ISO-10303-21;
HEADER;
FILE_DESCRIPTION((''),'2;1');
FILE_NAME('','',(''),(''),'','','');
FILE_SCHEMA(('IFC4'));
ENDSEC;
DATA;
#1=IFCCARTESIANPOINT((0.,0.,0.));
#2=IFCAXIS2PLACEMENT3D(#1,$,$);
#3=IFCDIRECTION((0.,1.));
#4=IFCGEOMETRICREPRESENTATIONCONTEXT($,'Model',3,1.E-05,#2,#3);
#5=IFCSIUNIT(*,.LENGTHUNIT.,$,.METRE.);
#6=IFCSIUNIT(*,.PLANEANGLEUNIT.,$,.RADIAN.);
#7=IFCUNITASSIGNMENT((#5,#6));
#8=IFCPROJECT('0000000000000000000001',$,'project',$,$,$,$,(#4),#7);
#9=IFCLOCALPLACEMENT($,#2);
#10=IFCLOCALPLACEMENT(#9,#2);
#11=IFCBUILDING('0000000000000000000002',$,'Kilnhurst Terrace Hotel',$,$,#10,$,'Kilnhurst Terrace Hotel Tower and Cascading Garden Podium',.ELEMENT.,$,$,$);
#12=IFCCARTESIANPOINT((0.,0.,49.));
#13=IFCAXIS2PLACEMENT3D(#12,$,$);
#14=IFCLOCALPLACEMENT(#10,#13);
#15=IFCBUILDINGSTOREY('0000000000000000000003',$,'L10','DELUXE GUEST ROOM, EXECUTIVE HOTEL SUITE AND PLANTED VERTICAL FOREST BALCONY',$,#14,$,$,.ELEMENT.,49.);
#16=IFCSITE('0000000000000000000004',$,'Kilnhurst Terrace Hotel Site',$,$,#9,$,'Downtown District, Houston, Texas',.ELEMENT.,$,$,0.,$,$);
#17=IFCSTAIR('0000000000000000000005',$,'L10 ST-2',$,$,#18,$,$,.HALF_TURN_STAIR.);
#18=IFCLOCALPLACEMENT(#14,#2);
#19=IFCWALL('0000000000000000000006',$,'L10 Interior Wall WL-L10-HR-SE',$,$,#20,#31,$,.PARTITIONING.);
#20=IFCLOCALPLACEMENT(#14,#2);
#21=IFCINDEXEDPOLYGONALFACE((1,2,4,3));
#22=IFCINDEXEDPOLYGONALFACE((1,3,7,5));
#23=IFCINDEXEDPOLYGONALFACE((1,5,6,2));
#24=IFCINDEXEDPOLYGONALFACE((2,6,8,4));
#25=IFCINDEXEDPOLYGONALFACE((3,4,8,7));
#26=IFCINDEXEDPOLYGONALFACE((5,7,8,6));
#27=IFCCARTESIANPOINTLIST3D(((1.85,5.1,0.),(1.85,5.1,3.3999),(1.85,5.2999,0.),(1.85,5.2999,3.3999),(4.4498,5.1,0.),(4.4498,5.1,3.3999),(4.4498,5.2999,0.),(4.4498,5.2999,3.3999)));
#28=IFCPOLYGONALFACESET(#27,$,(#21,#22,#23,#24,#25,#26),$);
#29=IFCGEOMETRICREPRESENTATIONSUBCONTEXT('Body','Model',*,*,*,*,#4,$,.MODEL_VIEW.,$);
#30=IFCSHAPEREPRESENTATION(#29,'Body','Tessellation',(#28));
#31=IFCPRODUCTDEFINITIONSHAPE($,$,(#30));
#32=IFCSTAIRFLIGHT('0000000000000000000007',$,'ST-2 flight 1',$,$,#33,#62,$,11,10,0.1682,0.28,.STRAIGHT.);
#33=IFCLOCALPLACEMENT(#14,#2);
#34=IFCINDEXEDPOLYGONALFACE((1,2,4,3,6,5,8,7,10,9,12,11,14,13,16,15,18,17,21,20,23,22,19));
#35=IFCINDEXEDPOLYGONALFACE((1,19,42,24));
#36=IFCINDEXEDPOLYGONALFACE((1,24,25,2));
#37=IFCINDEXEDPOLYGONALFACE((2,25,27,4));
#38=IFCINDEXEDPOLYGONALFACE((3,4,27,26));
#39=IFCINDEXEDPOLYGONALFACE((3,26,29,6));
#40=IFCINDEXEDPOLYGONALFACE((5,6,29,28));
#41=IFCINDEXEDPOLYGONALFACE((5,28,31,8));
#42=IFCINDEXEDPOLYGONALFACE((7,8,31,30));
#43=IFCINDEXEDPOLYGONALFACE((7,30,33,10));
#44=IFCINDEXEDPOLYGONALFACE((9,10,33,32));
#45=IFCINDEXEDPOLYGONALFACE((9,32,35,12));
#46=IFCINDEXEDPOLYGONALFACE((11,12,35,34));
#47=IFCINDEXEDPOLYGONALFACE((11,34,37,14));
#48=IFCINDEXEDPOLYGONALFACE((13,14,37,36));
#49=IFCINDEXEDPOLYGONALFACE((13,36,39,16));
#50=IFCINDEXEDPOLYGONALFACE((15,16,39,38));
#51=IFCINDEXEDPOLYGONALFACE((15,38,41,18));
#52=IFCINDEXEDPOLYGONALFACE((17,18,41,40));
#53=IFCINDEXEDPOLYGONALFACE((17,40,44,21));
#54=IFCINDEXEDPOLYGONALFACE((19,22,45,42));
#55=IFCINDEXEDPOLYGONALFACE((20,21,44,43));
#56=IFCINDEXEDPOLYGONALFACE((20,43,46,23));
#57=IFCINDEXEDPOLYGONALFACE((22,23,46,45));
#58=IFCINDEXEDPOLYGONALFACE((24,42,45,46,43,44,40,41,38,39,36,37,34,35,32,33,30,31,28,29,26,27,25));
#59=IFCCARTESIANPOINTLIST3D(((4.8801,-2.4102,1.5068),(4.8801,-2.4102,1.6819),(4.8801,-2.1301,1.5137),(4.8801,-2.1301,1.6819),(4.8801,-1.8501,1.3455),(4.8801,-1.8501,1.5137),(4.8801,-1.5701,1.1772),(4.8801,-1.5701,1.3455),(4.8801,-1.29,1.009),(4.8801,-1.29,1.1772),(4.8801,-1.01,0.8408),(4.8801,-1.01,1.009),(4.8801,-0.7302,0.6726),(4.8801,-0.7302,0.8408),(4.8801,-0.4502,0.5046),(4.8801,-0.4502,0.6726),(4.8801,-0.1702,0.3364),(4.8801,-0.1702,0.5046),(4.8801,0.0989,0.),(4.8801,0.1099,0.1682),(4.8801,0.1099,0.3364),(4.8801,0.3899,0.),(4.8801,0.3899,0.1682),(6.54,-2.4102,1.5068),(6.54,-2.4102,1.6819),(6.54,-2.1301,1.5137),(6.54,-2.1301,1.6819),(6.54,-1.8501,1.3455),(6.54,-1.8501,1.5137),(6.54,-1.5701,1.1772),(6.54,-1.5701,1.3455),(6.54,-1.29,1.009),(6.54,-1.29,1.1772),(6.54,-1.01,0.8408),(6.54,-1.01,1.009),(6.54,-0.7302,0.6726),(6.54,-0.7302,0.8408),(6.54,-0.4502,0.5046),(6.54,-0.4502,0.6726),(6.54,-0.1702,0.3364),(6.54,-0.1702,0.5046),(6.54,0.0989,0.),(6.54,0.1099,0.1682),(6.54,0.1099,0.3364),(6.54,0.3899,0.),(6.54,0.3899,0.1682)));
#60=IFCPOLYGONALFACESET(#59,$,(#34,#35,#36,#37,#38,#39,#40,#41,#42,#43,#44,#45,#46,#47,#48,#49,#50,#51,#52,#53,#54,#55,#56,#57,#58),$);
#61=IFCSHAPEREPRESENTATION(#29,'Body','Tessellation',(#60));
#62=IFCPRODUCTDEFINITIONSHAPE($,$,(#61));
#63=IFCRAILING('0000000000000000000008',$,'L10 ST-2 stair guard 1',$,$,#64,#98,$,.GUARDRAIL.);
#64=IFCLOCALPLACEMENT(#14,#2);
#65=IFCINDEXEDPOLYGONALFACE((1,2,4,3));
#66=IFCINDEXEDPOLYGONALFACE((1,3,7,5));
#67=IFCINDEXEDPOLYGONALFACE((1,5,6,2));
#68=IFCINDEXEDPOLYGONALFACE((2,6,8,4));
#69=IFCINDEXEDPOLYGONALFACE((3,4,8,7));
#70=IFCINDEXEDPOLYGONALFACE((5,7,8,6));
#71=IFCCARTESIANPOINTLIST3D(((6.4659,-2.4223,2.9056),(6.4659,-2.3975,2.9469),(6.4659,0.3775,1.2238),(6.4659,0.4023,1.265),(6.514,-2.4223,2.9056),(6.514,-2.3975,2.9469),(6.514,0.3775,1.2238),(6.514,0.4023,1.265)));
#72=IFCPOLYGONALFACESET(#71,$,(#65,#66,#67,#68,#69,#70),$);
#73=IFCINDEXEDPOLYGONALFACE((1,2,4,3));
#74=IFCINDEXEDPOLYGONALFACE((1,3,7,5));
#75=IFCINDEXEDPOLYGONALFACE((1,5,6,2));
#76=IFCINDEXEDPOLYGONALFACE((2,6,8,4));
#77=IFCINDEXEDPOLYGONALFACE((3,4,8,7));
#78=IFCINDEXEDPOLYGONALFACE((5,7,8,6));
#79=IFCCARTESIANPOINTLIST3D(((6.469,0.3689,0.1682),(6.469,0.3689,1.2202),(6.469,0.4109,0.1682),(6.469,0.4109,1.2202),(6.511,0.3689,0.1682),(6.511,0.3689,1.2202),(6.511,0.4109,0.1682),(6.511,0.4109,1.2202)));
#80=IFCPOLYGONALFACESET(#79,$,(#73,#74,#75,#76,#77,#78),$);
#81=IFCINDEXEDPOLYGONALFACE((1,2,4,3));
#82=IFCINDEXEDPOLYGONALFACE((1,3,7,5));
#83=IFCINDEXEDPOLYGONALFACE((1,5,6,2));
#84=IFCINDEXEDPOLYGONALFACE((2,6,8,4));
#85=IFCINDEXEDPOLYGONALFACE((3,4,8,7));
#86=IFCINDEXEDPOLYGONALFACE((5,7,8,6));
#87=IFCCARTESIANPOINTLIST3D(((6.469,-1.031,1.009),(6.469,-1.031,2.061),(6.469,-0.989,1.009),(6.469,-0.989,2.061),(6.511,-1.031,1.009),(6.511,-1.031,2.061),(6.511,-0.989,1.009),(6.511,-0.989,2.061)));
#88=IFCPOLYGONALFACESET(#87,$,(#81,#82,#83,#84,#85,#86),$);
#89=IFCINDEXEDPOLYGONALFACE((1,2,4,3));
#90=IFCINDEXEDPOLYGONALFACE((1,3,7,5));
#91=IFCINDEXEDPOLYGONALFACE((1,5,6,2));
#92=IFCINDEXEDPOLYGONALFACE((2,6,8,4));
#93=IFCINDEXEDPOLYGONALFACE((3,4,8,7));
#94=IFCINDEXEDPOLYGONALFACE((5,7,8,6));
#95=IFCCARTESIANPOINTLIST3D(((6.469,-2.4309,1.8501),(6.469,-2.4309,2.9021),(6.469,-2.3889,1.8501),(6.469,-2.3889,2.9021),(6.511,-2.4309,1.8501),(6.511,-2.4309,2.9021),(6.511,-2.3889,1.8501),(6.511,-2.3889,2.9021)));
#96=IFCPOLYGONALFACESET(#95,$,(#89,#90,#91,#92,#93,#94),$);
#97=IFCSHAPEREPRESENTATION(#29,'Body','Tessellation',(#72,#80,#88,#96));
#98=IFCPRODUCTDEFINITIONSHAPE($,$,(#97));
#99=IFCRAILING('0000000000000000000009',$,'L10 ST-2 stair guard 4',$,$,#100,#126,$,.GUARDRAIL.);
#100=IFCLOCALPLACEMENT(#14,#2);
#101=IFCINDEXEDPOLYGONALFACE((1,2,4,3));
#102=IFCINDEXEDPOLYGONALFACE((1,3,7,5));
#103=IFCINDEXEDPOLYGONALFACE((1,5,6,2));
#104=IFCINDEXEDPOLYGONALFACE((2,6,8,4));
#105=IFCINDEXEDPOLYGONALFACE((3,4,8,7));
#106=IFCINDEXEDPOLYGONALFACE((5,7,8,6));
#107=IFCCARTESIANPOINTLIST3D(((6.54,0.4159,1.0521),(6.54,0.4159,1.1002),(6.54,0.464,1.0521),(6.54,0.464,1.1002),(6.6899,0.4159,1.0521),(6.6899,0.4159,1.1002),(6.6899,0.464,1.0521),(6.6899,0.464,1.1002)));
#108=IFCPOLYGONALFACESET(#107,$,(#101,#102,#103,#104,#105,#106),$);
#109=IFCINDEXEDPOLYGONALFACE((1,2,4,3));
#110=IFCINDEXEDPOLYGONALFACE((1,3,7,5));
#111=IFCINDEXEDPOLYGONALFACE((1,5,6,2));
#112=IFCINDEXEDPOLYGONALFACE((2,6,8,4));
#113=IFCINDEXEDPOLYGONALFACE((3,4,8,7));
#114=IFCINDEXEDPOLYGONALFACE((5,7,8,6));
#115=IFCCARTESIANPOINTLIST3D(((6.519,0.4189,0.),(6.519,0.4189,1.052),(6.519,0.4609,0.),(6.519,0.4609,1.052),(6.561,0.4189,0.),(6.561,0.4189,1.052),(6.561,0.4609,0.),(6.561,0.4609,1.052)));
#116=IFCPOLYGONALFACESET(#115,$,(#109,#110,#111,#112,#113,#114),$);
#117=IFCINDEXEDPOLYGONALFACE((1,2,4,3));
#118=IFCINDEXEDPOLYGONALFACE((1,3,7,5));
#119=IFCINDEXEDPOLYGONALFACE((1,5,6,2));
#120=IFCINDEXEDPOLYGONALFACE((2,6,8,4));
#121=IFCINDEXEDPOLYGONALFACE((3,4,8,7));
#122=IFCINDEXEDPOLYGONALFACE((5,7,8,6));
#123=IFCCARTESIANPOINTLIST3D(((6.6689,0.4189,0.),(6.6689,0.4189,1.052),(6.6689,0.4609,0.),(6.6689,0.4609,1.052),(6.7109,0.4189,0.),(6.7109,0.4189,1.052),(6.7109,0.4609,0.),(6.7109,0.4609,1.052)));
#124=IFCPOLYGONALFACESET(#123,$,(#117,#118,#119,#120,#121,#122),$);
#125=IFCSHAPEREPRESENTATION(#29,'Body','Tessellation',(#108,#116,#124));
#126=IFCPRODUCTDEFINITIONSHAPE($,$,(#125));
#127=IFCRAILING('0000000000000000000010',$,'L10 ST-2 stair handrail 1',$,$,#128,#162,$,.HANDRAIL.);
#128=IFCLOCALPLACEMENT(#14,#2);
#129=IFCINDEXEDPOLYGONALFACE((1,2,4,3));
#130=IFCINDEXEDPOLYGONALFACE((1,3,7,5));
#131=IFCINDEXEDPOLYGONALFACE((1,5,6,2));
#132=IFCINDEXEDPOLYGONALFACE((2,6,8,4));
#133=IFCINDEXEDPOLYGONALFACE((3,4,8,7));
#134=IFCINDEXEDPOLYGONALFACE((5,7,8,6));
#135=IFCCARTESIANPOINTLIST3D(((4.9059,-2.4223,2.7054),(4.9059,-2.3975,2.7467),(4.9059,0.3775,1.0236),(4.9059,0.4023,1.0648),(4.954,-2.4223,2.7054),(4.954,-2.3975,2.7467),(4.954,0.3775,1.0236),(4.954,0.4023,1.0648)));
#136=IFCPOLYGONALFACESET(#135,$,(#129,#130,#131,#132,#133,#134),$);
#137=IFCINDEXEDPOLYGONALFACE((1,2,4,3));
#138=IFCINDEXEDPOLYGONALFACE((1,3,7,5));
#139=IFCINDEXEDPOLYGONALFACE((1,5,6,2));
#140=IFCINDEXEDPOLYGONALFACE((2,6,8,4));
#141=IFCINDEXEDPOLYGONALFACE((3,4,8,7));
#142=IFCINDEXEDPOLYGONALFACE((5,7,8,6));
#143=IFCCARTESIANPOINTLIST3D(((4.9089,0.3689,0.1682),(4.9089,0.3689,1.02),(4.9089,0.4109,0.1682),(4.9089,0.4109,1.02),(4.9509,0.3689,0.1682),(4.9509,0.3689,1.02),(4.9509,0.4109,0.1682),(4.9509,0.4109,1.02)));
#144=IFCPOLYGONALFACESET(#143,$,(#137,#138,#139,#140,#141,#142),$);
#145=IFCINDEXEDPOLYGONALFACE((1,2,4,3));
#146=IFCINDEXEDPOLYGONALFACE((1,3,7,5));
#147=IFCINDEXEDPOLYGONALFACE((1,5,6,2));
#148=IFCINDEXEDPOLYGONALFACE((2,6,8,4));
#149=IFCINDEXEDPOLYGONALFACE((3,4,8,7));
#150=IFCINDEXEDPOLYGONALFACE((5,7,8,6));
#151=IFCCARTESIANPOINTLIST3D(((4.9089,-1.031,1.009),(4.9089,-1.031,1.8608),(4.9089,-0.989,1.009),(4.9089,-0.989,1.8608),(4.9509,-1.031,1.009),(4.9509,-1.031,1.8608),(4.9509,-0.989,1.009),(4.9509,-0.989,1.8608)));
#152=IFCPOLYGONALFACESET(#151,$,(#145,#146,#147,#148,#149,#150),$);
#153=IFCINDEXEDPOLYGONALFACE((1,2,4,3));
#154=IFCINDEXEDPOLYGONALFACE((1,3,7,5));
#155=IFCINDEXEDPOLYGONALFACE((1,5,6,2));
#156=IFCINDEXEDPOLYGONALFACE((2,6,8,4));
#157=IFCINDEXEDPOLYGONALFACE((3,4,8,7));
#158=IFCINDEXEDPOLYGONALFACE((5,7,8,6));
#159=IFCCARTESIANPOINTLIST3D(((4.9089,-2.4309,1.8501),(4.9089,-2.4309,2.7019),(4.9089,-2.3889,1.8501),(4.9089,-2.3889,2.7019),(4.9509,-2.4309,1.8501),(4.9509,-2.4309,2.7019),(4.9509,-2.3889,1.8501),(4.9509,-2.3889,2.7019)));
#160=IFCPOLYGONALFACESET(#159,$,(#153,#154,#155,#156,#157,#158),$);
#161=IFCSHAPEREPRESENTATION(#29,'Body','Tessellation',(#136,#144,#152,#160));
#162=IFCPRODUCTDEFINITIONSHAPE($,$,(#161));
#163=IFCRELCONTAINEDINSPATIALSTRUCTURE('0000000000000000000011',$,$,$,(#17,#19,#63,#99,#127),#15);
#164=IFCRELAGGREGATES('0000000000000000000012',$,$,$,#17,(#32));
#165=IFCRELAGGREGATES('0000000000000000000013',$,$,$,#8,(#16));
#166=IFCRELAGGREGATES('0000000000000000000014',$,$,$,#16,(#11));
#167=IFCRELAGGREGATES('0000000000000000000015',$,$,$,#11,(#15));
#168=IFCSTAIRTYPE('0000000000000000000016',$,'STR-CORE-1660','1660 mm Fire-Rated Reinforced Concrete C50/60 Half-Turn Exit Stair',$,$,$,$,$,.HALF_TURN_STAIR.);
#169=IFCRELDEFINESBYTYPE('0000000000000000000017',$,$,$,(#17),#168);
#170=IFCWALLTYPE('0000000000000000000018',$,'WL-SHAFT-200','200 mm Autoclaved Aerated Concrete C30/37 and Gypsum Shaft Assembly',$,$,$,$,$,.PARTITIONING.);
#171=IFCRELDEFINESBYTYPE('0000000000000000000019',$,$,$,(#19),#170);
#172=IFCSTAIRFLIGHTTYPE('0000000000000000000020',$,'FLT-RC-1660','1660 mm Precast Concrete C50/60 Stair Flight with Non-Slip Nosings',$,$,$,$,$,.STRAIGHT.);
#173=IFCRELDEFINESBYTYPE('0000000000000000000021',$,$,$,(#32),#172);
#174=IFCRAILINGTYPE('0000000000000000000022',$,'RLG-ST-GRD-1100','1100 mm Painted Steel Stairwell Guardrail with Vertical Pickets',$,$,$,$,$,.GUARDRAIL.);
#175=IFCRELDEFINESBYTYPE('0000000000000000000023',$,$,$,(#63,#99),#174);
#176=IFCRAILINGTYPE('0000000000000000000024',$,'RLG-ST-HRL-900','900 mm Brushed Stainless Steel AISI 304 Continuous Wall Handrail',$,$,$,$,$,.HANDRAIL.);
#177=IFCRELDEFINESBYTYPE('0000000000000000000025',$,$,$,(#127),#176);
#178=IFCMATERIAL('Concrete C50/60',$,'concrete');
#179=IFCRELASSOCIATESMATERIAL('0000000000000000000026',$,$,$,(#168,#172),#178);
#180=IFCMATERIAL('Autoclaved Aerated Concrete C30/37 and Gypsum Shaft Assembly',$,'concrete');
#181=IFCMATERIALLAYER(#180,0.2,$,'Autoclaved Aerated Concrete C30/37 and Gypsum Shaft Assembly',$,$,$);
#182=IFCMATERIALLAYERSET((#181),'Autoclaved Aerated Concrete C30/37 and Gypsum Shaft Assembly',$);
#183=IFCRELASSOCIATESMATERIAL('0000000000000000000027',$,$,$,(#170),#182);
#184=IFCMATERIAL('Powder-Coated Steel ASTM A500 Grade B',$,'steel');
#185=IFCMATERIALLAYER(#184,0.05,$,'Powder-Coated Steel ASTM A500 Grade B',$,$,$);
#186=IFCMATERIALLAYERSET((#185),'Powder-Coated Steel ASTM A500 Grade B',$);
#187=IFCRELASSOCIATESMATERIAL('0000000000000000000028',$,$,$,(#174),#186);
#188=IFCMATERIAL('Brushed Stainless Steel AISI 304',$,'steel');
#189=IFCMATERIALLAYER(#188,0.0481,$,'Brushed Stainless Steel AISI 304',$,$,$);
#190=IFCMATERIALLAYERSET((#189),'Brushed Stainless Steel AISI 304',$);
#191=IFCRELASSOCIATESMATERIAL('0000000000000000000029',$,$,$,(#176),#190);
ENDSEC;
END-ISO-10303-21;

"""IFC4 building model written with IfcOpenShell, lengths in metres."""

from ifc_helpers import new_model, si_unit, direction, frame, frame_2d, origin, origin_2d, place, context, subcontext, project, spatial, polyline, rectangle, outline, extrude, material, layer, layer_set, type_object, element, aggregate, save


model = new_model("IFC4")

# Units and contexts
model_context = context("Model", 3, precision=1e-05, world=origin(), true_north=direction((0.0, 1.0)))
body_context = subcontext(model_context, "Body", "Model", "MODEL_VIEW")
ifc_project = project(units=[si_unit("LENGTHUNIT", "METRE"), si_unit("PLANEANGLEUNIT", "RADIAN")], contexts=[model_context])

# Site, building, storey
site_placement = place(None, origin())
site = spatial("IfcSite", under=ifc_project, at=site_placement, Name="Kilnhurst Terrace Hotel Site", LongName="Downtown District, Houston, Texas", CompositionType="ELEMENT", RefElevation=0.0)
building_placement = place(site_placement, origin())
building = spatial("IfcBuilding", under=site, at=building_placement, Name="Kilnhurst Terrace Hotel", LongName="Kilnhurst Terrace Hotel Tower and Cascading Garden Podium", CompositionType="ELEMENT")
storey_placement = place(building_placement, frame((0.0, 0.0, 49.0)))
storey = spatial("IfcBuildingStorey", under=building, at=storey_placement, Name="L10", Description="DELUXE GUEST ROOM, EXECUTIVE HOTEL SUITE AND PLANTED VERTICAL FOREST BALCONY", CompositionType="ELEMENT", Elevation=49.0)

# Shared definitions
ifc_material_1 = material(Name="Concrete C50/60", Category="concrete")

# Stair
stair_type = type_object("IfcStairType", Name="STR-CORE-1660", Description="1660 mm Fire-Rated Reinforced Concrete C50/60 Half-Turn Exit Stair", PredefinedType="HALF_TURN_STAIR", material=ifc_material_1)
stair_1_placement = place(storey_placement, origin())
stair_1 = element("IfcStair", 1, at=stair_1_placement, inside=storey, type_object=stair_type, Name="L10 ST-2", PredefinedType="HALF_TURN_STAIR")

# Shared definitions
ifc_material_2 = material(Name="Autoclaved Aerated Concrete C30/37 and Gypsum Shaft Assembly", Category="concrete")
ifc_layer_1 = layer(ifc_material_2, 0.2, Name="Autoclaved Aerated Concrete C30/37 and Gypsum Shaft Assembly")
ifc_layer_set_1 = layer_set([ifc_layer_1], Name="Autoclaved Aerated Concrete C30/37 and Gypsum Shaft Assembly")
wall_type_1 = type_object("IfcWallType", Name="WL-SHAFT-200", Description="200 mm Autoclaved Aerated Concrete C30/37 and Gypsum Shaft Assembly", PredefinedType="PARTITIONING", material=ifc_layer_set_1)

# Wall
wall_1_placement = place(storey_placement, frame((1.8501, 5.2, 0.0), z_axis=(0.0, 0.0, 1.0), x_axis=(1.0, 0.0, 0.0)))
element("IfcWall", 2, at=wall_1_placement, inside=storey, type_object=wall_type_1, Name="L10 Interior Wall WL-L10-HR-SE", PredefinedType="PARTITIONING", context=body_context, shape_type="SweptSolid", body=[
    extrude(rectangle(XDim=2.5999, YDim=0.2, at=frame_2d((1.2998, 0.0))), origin(), (0.0, 0.0, 1.0), 3.3999),
])

# Stair flight
stair_flight_type = type_object("IfcStairFlightType", Name="FLT-RC-1660", Description="1660 mm Precast Concrete C50/60 Stair Flight with Non-Slip Nosings", PredefinedType="STRAIGHT", material=ifc_material_1)
stair_flight_placement = place(storey_placement, frame((5.71, 0.3899, 0.0), z_axis=(0.0, 0.0, 1.0), x_axis=(0.0, -1.0, 0.0)))
stair_flight = element("IfcStairFlight", 3, at=stair_flight_placement, type_object=stair_flight_type, Name="ST-2 flight 1", NumberOfRisers=11, NumberOfTreads=10, PredefinedType="STRAIGHT", RiserHeight=0.1682, TreadLength=0.28, context=body_context, shape_type="SweptSolid", body=[
    extrude(outline(polyline([(0.0, 0.0), (0.0, 0.1682), (0.28, 0.1682), (0.28, 0.3364), (0.5601, 0.3364), (0.5601, 0.5046), (0.8401, 0.5046), (0.8401, 0.6726), (1.1201, 0.6726), (1.1201, 0.8408), (1.3999, 0.8408), (1.3999, 1.009), (1.6799, 1.009), (1.6799, 1.1772), (1.96, 1.1772), (1.96, 1.3455), (2.24, 1.3455), (2.24, 1.5137), (2.52, 1.5137), (2.52, 1.6819), (2.8, 1.6819), (2.8, 1.8501), (2.8, 1.5068), (0.291, 0.0), (0.0, 0.0)])), frame((0.0, 0.8301, 0.0), z_axis=(0.0, -1.0, 0.0), x_axis=(1.0, 0.0, 0.0)), (0.0, 0.0, 1.0), 1.6599),
])
aggregate(stair_1, [stair_flight])

# Railings
ifc_material_3 = material(Name="Powder-Coated Steel ASTM A500 Grade B", Category="steel")
ifc_layer_2 = layer(ifc_material_3, 0.05, Name="Powder-Coated Steel ASTM A500 Grade B")
ifc_layer_set_2 = layer_set([ifc_layer_2], Name="Powder-Coated Steel ASTM A500 Grade B")
railing_type_1 = type_object("IfcRailingType", Name="RLG-ST-GRD-1100", Description="1100 mm Painted Steel Stairwell Guardrail with Vertical Pickets", PredefinedType="GUARDRAIL", material=ifc_layer_set_2)
railing_1_placement = place(storey_placement, frame((6.49, 0.3899, 0.1682)))
element("IfcRailing", 4, at=railing_1_placement, inside=storey, type_object=railing_type_1, Name="L10 ST-2 stair guard 1", PredefinedType="GUARDRAIL", context=body_context, shape_type="SweptSolid", body=[
    extrude(rectangle(XDim=0.0481, YDim=0.0481, at=origin_2d()), frame((0.0, 0.0, 1.0762), z_axis=(0.0, -0.857222, 0.514946), x_axis=(1.0, 0.0, 0.0)), (0.0, 0.0, 1.0), 3.2661),
    extrude(rectangle(XDim=0.042, YDim=0.042, at=origin_2d()), origin(), (0.0, 0.0, 1.0), 1.052),
    extrude(rectangle(XDim=0.042, YDim=0.042, at=origin_2d()), frame((0.0, -1.3999, 0.8408)), (0.0, 0.0, 1.0), 1.052),
    extrude(rectangle(XDim=0.042, YDim=0.042, at=origin_2d()), frame((0.0, -2.7998, 1.6819)), (0.0, 0.0, 1.0), 1.052),
])
railing_2_placement = place(storey_placement, frame((6.54, 0.4399, 0.0)))
element("IfcRailing", 5, at=railing_2_placement, inside=storey, type_object=railing_type_1, Name="L10 ST-2 stair guard 4", PredefinedType="GUARDRAIL", context=body_context, shape_type="SweptSolid", body=[
    extrude(rectangle(XDim=0.0481, YDim=0.0481, at=origin_2d()), frame((0.0, 0.0, 1.0762), z_axis=(1.0, 0.0, 0.0), x_axis=(0.0, 1.0, 0.0)), (0.0, 0.0, 1.0), 0.1499),
    extrude(rectangle(XDim=0.042, YDim=0.042, at=origin_2d()), origin(), (0.0, 0.0, 1.0), 1.052),
    extrude(rectangle(XDim=0.042, YDim=0.042, at=origin_2d()), frame((0.1499, 0.0, 0.0)), (0.0, 0.0, 1.0), 1.052),
])
ifc_material_4 = material(Name="Brushed Stainless Steel AISI 304", Category="steel")
ifc_layer_3 = layer(ifc_material_4, 0.0481, Name="Brushed Stainless Steel AISI 304")
ifc_layer_set_3 = layer_set([ifc_layer_3], Name="Brushed Stainless Steel AISI 304")
railing_type_2 = type_object("IfcRailingType", Name="RLG-ST-HRL-900", Description="900 mm Brushed Stainless Steel AISI 304 Continuous Wall Handrail", PredefinedType="HANDRAIL", material=ifc_layer_set_3)
railing_3_placement = place(storey_placement, frame((4.9299, 0.3899, 0.1682)))
element("IfcRailing", 6, at=railing_3_placement, inside=storey, type_object=railing_type_2, Name="L10 ST-2 stair handrail 1", PredefinedType="HANDRAIL", context=body_context, shape_type="SweptSolid", body=[
    extrude(rectangle(XDim=0.0481, YDim=0.0481, at=origin_2d()), frame((0.0, 0.0, 0.876), z_axis=(0.0, -0.857222, 0.514946), x_axis=(1.0, 0.0, 0.0)), (0.0, 0.0, 1.0), 3.2661),
    extrude(rectangle(XDim=0.042, YDim=0.042, at=origin_2d()), origin(), (0.0, 0.0, 1.0), 0.8518),
    extrude(rectangle(XDim=0.042, YDim=0.042, at=origin_2d()), frame((0.0, -1.3999, 0.8408)), (0.0, 0.0, 1.0), 0.8518),
    extrude(rectangle(XDim=0.042, YDim=0.042, at=origin_2d()), frame((0.0, -2.7998, 1.6819)), (0.0, 0.0, 1.0), 0.8518),
])

save(model, "model.ifc")
